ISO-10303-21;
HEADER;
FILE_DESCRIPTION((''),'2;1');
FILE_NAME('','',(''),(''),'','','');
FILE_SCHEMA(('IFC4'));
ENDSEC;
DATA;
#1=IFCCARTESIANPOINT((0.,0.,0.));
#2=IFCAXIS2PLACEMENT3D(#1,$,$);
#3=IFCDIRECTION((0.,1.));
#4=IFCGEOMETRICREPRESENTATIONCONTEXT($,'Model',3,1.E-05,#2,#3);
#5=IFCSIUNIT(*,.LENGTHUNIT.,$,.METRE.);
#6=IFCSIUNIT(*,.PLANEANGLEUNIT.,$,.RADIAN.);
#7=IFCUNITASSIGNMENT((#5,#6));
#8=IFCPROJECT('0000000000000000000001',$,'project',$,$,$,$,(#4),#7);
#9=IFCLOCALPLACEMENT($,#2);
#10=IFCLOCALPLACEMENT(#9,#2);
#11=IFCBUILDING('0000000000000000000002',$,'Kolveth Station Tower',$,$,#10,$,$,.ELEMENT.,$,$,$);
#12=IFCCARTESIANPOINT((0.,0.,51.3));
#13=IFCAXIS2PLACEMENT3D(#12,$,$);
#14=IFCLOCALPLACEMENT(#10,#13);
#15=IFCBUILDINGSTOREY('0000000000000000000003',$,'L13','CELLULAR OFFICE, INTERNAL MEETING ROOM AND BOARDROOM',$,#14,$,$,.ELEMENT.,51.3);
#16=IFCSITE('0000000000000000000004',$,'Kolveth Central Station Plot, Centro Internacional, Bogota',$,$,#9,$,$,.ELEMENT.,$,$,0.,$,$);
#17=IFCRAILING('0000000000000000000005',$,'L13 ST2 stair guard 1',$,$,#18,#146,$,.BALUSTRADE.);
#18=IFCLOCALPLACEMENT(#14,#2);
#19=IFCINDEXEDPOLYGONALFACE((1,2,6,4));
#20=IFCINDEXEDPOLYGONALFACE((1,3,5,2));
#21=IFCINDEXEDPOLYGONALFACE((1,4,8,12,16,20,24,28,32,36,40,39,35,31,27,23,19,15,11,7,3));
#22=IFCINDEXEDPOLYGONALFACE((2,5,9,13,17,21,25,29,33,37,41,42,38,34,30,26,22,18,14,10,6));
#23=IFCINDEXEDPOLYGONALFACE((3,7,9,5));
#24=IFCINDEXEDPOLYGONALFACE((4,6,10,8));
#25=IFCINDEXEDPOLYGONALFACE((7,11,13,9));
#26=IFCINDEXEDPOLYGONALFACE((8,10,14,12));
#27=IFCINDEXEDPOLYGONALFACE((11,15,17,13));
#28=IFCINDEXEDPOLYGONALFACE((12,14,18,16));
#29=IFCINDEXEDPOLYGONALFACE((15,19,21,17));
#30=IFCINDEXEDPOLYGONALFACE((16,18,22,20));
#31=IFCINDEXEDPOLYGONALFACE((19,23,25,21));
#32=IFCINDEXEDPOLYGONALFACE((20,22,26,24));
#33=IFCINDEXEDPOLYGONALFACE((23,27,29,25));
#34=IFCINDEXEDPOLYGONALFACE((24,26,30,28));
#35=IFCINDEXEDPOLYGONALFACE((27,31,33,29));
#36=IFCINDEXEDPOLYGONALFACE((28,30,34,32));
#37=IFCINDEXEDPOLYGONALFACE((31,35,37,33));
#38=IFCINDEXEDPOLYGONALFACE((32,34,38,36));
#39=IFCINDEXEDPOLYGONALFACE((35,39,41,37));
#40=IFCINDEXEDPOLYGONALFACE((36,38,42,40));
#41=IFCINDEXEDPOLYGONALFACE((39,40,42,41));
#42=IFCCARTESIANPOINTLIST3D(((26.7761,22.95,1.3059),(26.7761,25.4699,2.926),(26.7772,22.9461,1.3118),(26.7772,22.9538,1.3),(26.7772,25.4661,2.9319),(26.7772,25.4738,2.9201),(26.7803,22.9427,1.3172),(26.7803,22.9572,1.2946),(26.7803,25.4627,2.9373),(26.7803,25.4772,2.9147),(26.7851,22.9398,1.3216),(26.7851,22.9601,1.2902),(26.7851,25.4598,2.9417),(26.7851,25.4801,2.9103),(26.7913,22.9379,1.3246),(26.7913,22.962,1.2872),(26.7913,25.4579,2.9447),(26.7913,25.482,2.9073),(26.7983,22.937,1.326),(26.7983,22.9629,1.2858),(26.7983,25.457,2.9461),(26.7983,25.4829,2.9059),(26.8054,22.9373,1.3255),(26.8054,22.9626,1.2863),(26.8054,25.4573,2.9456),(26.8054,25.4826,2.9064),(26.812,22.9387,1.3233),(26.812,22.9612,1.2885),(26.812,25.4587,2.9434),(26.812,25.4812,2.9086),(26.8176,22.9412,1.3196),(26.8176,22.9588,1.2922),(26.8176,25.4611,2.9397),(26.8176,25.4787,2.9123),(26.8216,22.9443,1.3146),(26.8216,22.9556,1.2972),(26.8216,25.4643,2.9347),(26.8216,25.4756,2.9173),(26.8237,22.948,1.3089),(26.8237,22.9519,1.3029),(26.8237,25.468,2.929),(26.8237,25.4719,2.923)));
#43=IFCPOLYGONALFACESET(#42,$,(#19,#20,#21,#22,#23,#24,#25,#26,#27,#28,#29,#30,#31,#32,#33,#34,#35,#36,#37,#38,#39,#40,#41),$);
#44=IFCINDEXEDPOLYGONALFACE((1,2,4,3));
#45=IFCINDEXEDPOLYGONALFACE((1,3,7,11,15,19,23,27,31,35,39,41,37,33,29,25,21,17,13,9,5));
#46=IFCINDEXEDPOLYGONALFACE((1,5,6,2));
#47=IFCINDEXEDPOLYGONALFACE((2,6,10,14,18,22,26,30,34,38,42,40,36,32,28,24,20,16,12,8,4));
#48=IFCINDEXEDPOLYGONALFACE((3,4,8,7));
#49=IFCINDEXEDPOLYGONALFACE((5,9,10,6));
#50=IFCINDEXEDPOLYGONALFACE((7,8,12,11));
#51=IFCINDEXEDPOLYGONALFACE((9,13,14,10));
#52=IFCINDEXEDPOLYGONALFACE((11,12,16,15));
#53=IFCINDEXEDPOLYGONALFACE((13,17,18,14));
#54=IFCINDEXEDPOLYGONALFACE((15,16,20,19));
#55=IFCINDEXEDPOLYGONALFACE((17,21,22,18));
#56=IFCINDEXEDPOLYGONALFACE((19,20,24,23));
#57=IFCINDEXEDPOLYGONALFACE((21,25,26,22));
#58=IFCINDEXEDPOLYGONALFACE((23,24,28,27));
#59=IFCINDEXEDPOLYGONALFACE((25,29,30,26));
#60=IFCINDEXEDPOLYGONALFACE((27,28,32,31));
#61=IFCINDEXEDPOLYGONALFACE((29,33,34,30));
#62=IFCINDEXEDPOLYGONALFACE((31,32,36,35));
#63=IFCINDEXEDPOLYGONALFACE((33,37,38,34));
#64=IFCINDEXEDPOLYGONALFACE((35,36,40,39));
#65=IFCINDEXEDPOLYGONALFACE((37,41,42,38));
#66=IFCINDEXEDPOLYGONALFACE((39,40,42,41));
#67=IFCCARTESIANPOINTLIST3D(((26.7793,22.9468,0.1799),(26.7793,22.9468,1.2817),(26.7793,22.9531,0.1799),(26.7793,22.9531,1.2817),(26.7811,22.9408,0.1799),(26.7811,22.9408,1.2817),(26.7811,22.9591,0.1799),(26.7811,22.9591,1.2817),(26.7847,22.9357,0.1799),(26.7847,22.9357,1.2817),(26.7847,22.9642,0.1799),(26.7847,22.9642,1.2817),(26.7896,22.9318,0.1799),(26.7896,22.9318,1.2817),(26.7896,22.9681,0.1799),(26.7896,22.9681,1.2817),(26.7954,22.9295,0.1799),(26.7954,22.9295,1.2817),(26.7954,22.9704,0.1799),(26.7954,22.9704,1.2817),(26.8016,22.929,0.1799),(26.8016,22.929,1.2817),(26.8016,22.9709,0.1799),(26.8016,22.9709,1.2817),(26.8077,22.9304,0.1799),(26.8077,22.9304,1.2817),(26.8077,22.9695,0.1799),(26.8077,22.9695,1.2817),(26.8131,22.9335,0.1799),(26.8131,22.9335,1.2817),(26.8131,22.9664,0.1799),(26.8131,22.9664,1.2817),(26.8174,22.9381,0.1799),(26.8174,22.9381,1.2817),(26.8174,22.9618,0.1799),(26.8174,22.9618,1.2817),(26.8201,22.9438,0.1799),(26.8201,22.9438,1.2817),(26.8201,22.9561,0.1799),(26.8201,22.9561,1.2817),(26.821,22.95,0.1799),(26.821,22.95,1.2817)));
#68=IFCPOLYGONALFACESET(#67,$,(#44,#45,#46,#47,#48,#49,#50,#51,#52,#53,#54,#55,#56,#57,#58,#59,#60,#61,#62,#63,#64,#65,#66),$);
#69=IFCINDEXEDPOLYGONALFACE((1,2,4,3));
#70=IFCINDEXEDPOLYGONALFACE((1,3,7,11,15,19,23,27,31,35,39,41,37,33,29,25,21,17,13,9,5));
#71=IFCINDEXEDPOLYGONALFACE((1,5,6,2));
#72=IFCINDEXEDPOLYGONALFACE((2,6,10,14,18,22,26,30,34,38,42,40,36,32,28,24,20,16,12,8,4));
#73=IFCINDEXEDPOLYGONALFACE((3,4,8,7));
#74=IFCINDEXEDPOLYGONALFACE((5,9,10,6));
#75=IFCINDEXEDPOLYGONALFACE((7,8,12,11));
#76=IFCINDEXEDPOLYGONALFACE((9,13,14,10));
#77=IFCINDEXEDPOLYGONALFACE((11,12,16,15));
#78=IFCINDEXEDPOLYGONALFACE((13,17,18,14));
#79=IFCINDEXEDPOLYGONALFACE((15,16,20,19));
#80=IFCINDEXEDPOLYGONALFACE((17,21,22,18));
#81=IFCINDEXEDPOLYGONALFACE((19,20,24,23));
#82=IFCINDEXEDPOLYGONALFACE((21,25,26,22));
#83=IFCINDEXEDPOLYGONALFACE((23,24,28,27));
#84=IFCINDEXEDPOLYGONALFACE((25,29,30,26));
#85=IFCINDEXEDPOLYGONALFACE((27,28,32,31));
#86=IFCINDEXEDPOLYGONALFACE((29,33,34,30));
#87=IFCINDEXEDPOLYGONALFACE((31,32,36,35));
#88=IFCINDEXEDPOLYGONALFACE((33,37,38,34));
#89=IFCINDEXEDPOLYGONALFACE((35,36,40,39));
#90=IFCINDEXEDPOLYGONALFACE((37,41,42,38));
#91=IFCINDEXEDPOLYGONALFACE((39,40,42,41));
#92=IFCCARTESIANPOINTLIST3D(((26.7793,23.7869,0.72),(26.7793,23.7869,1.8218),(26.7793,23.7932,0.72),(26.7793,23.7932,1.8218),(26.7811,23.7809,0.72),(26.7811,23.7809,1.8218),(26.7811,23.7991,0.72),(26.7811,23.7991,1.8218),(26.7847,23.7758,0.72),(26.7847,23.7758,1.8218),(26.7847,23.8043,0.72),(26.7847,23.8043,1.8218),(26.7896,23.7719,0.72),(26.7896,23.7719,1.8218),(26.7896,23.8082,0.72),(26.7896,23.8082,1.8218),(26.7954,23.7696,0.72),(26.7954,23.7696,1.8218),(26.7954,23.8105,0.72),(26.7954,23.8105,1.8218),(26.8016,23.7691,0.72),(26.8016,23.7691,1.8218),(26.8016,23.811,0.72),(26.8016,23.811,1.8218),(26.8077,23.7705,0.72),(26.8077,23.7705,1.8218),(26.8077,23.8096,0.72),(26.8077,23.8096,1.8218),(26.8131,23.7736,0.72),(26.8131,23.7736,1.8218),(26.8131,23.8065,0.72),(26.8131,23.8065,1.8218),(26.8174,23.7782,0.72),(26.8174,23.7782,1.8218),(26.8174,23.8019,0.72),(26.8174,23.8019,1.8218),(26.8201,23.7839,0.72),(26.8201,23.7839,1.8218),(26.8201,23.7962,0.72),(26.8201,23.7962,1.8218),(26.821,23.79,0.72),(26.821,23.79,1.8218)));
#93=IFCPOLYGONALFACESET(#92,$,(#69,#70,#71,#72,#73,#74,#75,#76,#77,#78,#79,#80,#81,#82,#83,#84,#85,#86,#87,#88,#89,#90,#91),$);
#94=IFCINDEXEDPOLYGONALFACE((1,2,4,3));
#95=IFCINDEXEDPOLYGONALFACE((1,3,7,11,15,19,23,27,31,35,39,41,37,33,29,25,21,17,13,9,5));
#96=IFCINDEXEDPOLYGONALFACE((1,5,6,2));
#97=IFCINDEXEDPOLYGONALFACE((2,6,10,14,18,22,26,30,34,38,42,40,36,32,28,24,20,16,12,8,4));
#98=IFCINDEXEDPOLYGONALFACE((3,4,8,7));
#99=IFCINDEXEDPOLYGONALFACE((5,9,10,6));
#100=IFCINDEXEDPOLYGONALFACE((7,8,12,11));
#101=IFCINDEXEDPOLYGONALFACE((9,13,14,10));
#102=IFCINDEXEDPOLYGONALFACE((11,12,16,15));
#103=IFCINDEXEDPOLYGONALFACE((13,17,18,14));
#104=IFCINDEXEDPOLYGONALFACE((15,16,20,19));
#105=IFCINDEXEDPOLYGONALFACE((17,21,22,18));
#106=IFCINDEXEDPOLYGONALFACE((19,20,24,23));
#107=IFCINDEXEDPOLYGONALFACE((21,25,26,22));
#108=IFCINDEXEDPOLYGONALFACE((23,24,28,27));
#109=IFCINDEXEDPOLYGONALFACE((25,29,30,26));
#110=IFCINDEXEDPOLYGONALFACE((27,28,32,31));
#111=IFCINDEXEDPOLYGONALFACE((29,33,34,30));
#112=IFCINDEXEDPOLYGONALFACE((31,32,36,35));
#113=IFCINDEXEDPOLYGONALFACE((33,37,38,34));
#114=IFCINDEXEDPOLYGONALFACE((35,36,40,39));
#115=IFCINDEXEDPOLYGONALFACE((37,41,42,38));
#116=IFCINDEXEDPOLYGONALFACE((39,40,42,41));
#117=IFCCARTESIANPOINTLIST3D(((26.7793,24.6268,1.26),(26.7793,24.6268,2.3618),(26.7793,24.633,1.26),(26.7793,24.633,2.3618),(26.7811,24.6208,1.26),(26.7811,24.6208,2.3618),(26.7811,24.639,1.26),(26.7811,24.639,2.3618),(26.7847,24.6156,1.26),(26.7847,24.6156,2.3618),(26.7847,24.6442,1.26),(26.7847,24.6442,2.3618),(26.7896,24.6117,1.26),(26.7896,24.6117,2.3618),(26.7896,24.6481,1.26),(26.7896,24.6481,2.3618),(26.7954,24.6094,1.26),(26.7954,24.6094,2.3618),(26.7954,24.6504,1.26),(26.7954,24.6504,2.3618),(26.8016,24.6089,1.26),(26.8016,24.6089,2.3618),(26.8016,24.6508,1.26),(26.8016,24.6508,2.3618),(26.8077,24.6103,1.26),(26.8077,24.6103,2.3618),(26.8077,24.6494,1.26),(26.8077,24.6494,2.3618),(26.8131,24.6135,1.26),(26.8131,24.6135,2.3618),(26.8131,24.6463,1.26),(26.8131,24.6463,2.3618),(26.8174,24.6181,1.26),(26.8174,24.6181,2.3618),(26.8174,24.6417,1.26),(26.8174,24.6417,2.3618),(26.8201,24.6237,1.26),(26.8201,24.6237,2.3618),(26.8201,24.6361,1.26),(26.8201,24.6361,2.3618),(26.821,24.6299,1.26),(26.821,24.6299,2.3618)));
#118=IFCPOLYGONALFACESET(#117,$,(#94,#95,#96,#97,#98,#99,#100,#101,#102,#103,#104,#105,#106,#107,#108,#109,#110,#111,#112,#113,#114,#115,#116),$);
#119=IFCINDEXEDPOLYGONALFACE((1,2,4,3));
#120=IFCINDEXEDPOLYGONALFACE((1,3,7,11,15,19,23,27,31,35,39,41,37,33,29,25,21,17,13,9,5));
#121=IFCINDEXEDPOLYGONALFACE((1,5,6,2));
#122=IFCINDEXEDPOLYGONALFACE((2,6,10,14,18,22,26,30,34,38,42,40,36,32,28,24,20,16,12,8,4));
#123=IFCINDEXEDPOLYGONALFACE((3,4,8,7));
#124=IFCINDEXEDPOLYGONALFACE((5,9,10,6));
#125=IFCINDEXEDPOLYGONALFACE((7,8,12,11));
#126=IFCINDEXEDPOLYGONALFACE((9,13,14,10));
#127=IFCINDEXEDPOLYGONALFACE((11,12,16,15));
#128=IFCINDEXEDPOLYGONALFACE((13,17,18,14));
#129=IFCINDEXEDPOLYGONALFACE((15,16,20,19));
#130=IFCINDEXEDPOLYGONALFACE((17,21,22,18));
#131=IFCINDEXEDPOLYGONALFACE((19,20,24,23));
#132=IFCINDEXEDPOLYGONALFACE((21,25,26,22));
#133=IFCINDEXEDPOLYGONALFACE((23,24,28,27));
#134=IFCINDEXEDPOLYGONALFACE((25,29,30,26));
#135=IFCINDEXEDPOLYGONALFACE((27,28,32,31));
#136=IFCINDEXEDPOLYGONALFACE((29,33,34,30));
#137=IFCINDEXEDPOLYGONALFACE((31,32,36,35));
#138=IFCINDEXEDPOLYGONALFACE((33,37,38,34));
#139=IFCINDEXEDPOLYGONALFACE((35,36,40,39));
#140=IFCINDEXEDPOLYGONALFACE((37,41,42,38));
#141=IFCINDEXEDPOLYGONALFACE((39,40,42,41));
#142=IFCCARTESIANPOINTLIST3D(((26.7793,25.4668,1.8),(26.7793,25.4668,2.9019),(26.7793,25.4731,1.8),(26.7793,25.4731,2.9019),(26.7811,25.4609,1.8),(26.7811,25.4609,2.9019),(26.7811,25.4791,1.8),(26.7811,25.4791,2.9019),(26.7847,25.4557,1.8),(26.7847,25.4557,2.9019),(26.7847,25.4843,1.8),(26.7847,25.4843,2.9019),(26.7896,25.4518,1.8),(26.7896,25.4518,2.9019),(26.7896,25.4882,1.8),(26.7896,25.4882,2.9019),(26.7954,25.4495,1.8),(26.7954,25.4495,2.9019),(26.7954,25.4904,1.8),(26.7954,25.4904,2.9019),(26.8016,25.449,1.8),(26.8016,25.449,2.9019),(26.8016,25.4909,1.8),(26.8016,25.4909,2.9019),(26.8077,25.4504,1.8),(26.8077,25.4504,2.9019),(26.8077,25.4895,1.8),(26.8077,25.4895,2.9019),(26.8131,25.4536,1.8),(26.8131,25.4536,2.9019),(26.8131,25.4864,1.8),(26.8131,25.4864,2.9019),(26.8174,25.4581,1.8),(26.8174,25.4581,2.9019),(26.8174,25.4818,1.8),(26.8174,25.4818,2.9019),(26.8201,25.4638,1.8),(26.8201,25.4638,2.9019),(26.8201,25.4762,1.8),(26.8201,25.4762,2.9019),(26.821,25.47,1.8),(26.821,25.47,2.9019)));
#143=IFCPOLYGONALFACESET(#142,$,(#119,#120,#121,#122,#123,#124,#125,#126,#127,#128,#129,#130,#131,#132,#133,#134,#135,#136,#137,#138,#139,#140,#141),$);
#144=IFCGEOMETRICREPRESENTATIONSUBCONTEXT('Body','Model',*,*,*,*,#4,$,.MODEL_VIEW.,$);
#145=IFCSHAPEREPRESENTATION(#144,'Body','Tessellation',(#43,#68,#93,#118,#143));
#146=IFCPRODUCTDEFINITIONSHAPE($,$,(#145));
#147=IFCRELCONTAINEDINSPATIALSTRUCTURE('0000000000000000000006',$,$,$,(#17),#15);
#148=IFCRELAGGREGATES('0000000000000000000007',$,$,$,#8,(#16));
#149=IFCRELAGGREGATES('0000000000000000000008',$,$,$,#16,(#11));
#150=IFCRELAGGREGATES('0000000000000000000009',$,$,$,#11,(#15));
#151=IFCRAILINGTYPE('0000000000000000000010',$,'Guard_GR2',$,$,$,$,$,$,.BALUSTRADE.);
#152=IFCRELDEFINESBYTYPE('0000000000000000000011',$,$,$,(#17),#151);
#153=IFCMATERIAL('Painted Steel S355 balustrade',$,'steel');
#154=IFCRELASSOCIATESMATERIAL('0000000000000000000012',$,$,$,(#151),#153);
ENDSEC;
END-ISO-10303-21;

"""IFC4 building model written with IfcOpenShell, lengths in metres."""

from ifc_helpers import new_model, si_unit, direction, frame, origin, origin_2d, place, context, subcontext, project, spatial, circle, extrude, material, type_object, element, save


model = new_model("IFC4")

# Units and contexts
model_context = context("Model", 3, precision=1e-05, world=origin(), true_north=direction((0.0, 1.0)))
body_context = subcontext(model_context, "Body", "Model", "MODEL_VIEW")
ifc_project = project(units=[si_unit("LENGTHUNIT", "METRE"), si_unit("PLANEANGLEUNIT", "RADIAN")], contexts=[model_context])

# Site, building, storey
site_placement = place(None, origin())
site = spatial("IfcSite", under=ifc_project, at=site_placement, Name="Kolveth Central Station Plot, Centro Internacional, Bogota", CompositionType="ELEMENT", RefElevation=0.0)
building_placement = place(site_placement, origin())
building = spatial("IfcBuilding", under=site, at=building_placement, Name="Kolveth Station Tower", CompositionType="ELEMENT")
storey_placement = place(building_placement, frame((0.0, 0.0, 51.3)))
storey = spatial("IfcBuildingStorey", under=building, at=storey_placement, Name="L13", Description="CELLULAR OFFICE, INTERNAL MEETING ROOM AND BOARDROOM", CompositionType="ELEMENT", Elevation=51.3)

# Railing
ifc_material_1 = material(Name="Painted Steel S355 balustrade", Category="steel")
railing_type_1 = type_object("IfcRailingType", Name="Guard_GR2", PredefinedType="BALUSTRADE", material=ifc_material_1)
railing_1_placement = place(storey_placement, frame((26.8, 22.95, 0.1799)))
element("IfcRailing", 1, at=railing_1_placement, inside=storey, type_object=railing_type_1, Name="L13 ST2 stair guard 1", PredefinedType="BALUSTRADE", context=body_context, shape_type="SweptSolid", body=[
    extrude(circle(Radius=0.0239, at=origin_2d()), frame((0.0, 0.0, 1.126), z_axis=(0.0, 0.841163, 0.540782), x_axis=(-1.0, 0.0, 0.0)), (0.0, 0.0, 1.0), 2.9958),
    extrude(circle(Radius=0.021, at=origin_2d()), origin(), (0.0, 0.0, 1.0), 1.1018),
    extrude(circle(Radius=0.021, at=origin_2d()), frame((0.0, 0.8401, 0.54)), (0.0, 0.0, 1.0), 1.1018),
    extrude(circle(Radius=0.021, at=origin_2d()), frame((0.0, 1.6799, 1.0801)), (0.0, 0.0, 1.0), 1.1018),
    extrude(circle(Radius=0.021, at=origin_2d()), frame((0.0, 2.52, 1.6201)), (0.0, 0.0, 1.0), 1.1018),
])

save(model, "model.ifc")
